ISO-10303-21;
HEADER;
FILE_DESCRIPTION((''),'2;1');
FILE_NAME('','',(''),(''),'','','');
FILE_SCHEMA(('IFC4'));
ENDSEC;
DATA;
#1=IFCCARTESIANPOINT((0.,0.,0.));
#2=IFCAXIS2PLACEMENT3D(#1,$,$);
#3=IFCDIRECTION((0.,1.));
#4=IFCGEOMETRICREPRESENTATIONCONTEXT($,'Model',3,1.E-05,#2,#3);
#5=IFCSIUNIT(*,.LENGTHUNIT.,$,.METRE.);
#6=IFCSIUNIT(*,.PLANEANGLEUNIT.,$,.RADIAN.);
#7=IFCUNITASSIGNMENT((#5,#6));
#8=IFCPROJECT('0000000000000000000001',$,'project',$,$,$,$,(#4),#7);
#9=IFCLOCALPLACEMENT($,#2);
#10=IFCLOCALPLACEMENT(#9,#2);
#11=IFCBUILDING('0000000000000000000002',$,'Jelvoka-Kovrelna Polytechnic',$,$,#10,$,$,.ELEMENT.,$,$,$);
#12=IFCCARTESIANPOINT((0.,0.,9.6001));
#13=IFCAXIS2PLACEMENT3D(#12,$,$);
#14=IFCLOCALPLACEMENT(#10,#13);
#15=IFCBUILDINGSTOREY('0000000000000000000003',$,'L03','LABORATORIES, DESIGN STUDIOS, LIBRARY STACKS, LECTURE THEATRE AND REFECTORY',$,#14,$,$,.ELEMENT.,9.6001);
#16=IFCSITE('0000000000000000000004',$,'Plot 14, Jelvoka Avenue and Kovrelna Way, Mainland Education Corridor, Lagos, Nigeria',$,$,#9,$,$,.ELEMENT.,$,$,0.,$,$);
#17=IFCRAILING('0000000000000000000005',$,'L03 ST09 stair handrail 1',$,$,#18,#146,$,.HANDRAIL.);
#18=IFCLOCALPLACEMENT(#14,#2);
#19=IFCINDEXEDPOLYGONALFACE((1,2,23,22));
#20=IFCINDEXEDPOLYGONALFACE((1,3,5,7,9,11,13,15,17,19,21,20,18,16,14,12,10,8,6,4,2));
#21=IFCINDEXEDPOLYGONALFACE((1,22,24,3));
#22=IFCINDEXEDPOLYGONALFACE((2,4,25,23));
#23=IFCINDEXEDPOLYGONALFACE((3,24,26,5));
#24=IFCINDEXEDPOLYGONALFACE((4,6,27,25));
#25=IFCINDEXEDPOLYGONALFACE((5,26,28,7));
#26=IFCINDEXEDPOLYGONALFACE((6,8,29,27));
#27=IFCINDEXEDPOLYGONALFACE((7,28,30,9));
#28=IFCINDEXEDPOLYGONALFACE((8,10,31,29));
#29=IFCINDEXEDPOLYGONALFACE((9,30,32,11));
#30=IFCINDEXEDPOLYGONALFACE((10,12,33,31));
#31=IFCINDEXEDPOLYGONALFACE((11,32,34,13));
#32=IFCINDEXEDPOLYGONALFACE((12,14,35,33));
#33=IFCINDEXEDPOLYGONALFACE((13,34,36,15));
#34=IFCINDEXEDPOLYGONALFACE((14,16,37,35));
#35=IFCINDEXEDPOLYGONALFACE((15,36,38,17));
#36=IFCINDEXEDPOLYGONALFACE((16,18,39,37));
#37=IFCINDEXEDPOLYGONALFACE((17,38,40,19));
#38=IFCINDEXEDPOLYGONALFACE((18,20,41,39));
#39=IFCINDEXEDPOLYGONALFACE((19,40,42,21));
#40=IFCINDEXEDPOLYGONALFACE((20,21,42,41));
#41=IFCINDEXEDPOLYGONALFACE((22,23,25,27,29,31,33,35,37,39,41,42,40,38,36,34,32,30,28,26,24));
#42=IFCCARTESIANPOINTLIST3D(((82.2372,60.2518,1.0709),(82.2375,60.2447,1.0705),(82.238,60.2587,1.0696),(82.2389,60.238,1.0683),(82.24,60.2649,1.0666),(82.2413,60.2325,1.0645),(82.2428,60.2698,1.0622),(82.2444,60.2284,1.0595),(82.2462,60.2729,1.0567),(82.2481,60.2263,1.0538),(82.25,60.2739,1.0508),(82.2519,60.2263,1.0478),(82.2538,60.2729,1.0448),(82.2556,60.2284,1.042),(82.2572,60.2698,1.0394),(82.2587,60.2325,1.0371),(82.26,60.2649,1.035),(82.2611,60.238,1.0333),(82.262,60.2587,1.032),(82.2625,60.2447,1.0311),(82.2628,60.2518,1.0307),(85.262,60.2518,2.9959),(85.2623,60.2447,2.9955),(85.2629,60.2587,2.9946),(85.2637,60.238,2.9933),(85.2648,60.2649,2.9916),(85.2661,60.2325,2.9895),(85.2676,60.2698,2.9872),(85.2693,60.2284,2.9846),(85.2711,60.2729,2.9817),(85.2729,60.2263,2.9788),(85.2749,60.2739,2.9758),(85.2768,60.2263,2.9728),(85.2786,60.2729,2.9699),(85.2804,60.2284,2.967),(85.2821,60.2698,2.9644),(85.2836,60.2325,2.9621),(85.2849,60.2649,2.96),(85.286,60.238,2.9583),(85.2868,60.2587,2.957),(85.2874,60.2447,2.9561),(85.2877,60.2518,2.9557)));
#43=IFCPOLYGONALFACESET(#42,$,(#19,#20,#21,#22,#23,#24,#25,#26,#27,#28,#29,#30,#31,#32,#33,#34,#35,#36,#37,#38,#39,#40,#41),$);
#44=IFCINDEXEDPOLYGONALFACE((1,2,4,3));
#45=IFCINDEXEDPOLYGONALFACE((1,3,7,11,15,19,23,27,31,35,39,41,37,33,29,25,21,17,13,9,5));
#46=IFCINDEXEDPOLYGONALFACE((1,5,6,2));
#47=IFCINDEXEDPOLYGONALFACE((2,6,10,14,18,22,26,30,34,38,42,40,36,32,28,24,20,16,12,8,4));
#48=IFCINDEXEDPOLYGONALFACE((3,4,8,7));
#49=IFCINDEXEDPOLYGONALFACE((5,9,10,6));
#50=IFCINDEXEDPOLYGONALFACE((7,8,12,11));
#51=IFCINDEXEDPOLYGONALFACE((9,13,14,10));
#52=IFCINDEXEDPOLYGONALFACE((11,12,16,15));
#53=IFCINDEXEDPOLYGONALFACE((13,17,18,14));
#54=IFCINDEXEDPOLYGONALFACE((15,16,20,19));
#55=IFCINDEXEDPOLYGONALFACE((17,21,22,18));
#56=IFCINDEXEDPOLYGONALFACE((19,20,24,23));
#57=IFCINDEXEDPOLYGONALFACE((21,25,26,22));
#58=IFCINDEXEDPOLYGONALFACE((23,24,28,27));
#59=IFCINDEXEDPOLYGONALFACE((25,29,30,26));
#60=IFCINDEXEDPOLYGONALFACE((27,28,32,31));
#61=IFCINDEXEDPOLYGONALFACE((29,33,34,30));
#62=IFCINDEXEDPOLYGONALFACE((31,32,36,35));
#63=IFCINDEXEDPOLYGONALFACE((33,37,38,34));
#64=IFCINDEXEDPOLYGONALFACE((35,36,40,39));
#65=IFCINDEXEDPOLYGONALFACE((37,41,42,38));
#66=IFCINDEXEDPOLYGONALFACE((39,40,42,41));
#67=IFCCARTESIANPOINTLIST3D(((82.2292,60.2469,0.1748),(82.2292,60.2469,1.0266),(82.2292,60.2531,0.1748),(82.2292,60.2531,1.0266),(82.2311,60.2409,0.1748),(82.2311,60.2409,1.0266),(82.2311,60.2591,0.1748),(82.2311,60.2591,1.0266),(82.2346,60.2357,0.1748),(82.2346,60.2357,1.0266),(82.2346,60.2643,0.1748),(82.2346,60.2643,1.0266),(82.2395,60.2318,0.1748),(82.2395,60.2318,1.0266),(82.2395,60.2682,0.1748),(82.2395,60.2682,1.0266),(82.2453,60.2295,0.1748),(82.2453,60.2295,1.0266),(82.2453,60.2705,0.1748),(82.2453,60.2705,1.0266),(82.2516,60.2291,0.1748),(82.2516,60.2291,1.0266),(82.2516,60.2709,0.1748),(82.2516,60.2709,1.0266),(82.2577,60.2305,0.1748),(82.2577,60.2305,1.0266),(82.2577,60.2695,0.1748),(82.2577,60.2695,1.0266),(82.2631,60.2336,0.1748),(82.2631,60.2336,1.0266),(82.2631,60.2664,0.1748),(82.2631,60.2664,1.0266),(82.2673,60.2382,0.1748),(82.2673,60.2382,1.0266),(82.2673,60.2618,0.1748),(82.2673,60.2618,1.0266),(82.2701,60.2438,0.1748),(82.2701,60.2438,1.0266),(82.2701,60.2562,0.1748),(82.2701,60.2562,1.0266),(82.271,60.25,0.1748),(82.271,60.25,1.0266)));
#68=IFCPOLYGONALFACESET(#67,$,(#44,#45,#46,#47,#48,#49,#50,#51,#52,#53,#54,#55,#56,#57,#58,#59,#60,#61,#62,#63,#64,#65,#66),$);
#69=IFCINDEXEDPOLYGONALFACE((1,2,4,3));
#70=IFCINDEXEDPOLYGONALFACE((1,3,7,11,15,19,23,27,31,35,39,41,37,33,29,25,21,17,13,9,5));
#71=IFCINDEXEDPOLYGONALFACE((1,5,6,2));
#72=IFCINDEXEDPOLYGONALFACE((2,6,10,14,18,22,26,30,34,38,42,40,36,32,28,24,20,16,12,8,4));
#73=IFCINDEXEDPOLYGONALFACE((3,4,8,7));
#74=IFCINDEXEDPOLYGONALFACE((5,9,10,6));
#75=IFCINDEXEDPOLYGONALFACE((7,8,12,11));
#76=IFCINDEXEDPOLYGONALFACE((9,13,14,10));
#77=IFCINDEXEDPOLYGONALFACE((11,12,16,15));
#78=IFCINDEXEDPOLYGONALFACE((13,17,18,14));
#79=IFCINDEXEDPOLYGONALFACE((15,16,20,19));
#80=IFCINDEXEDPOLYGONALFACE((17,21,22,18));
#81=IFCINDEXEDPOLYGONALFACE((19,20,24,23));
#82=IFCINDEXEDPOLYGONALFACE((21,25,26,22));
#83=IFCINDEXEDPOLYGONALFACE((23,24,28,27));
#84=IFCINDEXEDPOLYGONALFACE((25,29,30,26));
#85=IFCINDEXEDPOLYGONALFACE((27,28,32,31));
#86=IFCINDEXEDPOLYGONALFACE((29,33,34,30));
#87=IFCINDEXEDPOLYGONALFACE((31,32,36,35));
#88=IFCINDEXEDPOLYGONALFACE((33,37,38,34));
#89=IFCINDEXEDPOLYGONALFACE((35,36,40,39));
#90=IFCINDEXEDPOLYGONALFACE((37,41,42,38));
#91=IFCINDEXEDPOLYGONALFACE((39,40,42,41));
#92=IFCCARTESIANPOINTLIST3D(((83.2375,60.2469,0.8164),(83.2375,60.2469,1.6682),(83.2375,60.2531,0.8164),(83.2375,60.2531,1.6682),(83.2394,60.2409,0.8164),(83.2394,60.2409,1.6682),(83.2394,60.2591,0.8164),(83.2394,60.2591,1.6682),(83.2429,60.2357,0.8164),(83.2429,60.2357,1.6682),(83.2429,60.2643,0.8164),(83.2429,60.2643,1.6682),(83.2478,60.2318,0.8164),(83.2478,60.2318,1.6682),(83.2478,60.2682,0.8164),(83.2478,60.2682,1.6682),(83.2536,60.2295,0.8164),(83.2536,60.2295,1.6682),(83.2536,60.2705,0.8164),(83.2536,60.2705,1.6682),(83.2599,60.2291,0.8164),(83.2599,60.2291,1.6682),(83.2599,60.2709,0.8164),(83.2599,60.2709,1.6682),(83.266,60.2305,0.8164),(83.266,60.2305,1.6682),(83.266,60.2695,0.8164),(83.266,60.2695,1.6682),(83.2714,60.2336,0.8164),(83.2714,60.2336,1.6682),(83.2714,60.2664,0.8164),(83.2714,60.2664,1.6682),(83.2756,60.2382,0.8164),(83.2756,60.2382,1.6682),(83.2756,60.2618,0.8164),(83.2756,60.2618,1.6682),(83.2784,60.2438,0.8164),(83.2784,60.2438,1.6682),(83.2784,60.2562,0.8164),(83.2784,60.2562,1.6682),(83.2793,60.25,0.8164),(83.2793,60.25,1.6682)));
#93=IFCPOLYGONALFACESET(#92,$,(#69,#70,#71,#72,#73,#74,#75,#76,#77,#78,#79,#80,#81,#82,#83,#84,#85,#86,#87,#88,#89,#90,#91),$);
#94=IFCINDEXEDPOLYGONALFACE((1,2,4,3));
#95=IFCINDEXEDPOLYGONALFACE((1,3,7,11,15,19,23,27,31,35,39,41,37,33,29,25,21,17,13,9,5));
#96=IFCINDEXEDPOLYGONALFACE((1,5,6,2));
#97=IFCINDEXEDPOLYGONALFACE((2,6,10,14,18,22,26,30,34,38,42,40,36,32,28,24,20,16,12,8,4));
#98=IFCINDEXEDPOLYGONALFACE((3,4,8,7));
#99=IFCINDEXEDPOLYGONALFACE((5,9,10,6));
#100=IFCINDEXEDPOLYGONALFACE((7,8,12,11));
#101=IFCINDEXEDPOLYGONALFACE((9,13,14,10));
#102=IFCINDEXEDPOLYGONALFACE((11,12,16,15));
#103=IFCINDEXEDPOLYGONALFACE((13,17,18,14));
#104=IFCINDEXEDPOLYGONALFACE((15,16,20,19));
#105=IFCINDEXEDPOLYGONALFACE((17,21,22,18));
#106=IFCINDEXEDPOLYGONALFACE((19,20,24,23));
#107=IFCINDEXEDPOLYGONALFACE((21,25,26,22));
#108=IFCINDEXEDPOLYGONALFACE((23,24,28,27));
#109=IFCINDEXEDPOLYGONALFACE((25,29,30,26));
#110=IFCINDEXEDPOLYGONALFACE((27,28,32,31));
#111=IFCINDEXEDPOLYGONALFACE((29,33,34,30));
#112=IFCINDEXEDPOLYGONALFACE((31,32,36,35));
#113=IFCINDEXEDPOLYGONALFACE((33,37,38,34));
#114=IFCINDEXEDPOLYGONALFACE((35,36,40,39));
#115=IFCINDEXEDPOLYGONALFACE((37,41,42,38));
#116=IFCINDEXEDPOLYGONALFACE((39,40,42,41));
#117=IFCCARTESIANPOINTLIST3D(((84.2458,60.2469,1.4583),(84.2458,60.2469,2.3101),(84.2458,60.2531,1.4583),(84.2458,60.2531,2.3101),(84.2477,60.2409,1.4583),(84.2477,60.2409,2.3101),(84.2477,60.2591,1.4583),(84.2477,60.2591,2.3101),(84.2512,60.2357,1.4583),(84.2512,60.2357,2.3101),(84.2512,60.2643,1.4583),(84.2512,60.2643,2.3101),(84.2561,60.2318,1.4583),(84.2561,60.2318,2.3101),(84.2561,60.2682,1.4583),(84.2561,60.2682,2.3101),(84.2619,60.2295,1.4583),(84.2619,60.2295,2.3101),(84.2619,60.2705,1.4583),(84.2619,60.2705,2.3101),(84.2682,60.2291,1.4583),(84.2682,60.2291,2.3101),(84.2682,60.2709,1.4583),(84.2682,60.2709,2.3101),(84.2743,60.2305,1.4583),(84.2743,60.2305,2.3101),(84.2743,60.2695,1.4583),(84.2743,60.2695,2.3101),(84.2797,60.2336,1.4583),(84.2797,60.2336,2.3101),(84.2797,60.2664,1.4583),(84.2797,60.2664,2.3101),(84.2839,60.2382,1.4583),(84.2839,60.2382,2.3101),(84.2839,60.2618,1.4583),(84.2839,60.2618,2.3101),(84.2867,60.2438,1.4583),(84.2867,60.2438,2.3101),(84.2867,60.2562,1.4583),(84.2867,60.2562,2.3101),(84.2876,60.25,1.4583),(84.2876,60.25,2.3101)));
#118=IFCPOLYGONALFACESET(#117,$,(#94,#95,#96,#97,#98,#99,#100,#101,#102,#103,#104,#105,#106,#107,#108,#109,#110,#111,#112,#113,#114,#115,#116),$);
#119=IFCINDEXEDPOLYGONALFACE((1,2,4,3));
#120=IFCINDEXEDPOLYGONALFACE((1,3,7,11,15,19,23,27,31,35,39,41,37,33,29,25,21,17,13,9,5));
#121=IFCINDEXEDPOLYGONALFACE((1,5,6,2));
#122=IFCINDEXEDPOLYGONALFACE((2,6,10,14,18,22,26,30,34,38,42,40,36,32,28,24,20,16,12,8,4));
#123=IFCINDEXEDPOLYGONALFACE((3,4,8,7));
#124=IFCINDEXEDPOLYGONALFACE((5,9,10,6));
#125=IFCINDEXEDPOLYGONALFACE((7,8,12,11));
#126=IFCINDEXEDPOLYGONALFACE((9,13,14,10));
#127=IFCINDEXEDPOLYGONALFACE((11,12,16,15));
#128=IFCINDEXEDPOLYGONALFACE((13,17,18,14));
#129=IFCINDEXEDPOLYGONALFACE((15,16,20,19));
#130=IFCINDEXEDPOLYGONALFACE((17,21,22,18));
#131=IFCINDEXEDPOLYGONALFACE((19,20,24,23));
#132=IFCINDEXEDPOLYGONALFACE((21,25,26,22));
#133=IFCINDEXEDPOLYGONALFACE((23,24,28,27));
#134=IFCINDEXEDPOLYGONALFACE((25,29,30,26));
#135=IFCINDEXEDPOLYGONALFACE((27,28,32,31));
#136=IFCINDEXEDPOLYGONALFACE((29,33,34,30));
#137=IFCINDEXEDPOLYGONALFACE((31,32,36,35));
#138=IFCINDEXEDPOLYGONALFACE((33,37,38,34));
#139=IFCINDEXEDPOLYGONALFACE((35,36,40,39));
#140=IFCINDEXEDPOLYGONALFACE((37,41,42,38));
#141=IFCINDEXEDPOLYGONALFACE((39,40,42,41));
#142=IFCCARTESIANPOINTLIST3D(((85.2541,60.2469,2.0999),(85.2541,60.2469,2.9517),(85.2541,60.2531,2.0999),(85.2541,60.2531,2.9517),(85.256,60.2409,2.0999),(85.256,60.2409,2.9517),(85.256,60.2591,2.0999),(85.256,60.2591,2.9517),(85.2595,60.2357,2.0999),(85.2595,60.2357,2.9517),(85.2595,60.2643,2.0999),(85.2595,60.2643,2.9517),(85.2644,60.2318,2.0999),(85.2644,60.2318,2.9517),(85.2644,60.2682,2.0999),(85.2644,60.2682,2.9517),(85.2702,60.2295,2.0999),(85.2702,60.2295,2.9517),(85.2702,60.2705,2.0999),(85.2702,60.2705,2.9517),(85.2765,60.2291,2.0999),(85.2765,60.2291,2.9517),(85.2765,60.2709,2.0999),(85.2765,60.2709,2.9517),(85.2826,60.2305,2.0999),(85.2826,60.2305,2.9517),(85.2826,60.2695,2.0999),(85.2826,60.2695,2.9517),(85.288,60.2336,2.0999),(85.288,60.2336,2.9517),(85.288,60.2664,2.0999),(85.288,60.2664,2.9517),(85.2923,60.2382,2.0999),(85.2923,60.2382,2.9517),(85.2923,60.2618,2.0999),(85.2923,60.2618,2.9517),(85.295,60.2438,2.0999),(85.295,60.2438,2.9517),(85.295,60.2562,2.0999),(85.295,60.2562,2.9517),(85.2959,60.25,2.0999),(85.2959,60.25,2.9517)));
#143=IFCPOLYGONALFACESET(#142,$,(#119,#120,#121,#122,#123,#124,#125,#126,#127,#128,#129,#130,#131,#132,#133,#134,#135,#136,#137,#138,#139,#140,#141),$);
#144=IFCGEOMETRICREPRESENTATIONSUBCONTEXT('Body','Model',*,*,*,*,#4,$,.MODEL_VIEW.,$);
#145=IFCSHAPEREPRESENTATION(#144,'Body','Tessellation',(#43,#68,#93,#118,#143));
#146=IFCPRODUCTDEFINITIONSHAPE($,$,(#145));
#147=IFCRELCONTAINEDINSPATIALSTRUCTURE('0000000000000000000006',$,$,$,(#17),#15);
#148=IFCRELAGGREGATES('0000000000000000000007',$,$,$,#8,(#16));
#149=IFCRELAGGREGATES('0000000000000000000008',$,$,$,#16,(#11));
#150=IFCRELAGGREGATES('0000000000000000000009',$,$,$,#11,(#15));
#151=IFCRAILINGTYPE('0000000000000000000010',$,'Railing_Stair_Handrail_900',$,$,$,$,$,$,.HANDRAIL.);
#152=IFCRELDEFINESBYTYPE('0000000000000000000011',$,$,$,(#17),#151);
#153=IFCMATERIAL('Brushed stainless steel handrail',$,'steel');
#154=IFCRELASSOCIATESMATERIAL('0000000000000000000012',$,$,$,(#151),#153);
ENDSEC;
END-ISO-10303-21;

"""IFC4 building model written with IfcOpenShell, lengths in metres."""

from ifc_helpers import new_model, si_unit, direction, frame, origin, origin_2d, place, context, subcontext, project, spatial, circle, extrude, material, type_object, element, save


model = new_model("IFC4")

# Units and contexts
model_context = context("Model", 3, precision=1e-05, world=origin(), true_north=direction((0.0, 1.0)))
body_context = subcontext(model_context, "Body", "Model", "MODEL_VIEW")
ifc_project = project(units=[si_unit("LENGTHUNIT", "METRE"), si_unit("PLANEANGLEUNIT", "RADIAN")], contexts=[model_context])

# Site, building, storey
site_placement = place(None, origin())
site = spatial("IfcSite", under=ifc_project, at=site_placement, Name="Plot 14, Jelvoka Avenue and Kovrelna Way, Mainland Education Corridor, Lagos, Nigeria", CompositionType="ELEMENT", RefElevation=0.0)
building_placement = place(site_placement, origin())
building = spatial("IfcBuilding", under=site, at=building_placement, Name="Jelvoka-Kovrelna Polytechnic", CompositionType="ELEMENT")
storey_placement = place(building_placement, frame((0.0, 0.0, 9.6001)))
storey = spatial("IfcBuildingStorey", under=building, at=storey_placement, Name="L03", Description="LABORATORIES, DESIGN STUDIOS, LIBRARY STACKS, LECTURE THEATRE AND REFECTORY", CompositionType="ELEMENT", Elevation=9.6001)

# Railing
ifc_material_1 = material(Name="Brushed stainless steel handrail", Category="steel")
railing_type_1 = type_object("IfcRailingType", Name="Railing_Stair_Handrail_900", PredefinedType="HANDRAIL", material=ifc_material_1)
railing_1_placement = place(storey_placement, frame((82.25, 60.25, 0.1748)))
element("IfcRailing", 1, at=railing_1_placement, inside=storey, type_object=railing_type_1, Name="L03 ST09 stair handrail 1", PredefinedType="HANDRAIL", context=body_context, shape_type="SweptSolid", body=[
    extrude(circle(Radius=0.0239, at=origin_2d()), frame((0.0, 0.0, 0.876), z_axis=(0.843647, 0.0, 0.536898), x_axis=(0.0, 1.0, 0.0)), (0.0, 0.0, 1.0), 3.5854),
    extrude(circle(Radius=0.021, at=origin_2d()), origin(), (0.0, 0.0, 1.0), 0.8518),
    extrude(circle(Radius=0.021, at=origin_2d()), frame((1.0083, 0.0, 0.6416)), (0.0, 0.0, 1.0), 0.8518),
    extrude(circle(Radius=0.021, at=origin_2d()), frame((2.0166, 0.0, 1.2834)), (0.0, 0.0, 1.0), 0.8518),
    extrude(circle(Radius=0.021, at=origin_2d()), frame((3.0249, 0.0, 1.925)), (0.0, 0.0, 1.0), 0.8518),
])

save(model, "model.ifc")
